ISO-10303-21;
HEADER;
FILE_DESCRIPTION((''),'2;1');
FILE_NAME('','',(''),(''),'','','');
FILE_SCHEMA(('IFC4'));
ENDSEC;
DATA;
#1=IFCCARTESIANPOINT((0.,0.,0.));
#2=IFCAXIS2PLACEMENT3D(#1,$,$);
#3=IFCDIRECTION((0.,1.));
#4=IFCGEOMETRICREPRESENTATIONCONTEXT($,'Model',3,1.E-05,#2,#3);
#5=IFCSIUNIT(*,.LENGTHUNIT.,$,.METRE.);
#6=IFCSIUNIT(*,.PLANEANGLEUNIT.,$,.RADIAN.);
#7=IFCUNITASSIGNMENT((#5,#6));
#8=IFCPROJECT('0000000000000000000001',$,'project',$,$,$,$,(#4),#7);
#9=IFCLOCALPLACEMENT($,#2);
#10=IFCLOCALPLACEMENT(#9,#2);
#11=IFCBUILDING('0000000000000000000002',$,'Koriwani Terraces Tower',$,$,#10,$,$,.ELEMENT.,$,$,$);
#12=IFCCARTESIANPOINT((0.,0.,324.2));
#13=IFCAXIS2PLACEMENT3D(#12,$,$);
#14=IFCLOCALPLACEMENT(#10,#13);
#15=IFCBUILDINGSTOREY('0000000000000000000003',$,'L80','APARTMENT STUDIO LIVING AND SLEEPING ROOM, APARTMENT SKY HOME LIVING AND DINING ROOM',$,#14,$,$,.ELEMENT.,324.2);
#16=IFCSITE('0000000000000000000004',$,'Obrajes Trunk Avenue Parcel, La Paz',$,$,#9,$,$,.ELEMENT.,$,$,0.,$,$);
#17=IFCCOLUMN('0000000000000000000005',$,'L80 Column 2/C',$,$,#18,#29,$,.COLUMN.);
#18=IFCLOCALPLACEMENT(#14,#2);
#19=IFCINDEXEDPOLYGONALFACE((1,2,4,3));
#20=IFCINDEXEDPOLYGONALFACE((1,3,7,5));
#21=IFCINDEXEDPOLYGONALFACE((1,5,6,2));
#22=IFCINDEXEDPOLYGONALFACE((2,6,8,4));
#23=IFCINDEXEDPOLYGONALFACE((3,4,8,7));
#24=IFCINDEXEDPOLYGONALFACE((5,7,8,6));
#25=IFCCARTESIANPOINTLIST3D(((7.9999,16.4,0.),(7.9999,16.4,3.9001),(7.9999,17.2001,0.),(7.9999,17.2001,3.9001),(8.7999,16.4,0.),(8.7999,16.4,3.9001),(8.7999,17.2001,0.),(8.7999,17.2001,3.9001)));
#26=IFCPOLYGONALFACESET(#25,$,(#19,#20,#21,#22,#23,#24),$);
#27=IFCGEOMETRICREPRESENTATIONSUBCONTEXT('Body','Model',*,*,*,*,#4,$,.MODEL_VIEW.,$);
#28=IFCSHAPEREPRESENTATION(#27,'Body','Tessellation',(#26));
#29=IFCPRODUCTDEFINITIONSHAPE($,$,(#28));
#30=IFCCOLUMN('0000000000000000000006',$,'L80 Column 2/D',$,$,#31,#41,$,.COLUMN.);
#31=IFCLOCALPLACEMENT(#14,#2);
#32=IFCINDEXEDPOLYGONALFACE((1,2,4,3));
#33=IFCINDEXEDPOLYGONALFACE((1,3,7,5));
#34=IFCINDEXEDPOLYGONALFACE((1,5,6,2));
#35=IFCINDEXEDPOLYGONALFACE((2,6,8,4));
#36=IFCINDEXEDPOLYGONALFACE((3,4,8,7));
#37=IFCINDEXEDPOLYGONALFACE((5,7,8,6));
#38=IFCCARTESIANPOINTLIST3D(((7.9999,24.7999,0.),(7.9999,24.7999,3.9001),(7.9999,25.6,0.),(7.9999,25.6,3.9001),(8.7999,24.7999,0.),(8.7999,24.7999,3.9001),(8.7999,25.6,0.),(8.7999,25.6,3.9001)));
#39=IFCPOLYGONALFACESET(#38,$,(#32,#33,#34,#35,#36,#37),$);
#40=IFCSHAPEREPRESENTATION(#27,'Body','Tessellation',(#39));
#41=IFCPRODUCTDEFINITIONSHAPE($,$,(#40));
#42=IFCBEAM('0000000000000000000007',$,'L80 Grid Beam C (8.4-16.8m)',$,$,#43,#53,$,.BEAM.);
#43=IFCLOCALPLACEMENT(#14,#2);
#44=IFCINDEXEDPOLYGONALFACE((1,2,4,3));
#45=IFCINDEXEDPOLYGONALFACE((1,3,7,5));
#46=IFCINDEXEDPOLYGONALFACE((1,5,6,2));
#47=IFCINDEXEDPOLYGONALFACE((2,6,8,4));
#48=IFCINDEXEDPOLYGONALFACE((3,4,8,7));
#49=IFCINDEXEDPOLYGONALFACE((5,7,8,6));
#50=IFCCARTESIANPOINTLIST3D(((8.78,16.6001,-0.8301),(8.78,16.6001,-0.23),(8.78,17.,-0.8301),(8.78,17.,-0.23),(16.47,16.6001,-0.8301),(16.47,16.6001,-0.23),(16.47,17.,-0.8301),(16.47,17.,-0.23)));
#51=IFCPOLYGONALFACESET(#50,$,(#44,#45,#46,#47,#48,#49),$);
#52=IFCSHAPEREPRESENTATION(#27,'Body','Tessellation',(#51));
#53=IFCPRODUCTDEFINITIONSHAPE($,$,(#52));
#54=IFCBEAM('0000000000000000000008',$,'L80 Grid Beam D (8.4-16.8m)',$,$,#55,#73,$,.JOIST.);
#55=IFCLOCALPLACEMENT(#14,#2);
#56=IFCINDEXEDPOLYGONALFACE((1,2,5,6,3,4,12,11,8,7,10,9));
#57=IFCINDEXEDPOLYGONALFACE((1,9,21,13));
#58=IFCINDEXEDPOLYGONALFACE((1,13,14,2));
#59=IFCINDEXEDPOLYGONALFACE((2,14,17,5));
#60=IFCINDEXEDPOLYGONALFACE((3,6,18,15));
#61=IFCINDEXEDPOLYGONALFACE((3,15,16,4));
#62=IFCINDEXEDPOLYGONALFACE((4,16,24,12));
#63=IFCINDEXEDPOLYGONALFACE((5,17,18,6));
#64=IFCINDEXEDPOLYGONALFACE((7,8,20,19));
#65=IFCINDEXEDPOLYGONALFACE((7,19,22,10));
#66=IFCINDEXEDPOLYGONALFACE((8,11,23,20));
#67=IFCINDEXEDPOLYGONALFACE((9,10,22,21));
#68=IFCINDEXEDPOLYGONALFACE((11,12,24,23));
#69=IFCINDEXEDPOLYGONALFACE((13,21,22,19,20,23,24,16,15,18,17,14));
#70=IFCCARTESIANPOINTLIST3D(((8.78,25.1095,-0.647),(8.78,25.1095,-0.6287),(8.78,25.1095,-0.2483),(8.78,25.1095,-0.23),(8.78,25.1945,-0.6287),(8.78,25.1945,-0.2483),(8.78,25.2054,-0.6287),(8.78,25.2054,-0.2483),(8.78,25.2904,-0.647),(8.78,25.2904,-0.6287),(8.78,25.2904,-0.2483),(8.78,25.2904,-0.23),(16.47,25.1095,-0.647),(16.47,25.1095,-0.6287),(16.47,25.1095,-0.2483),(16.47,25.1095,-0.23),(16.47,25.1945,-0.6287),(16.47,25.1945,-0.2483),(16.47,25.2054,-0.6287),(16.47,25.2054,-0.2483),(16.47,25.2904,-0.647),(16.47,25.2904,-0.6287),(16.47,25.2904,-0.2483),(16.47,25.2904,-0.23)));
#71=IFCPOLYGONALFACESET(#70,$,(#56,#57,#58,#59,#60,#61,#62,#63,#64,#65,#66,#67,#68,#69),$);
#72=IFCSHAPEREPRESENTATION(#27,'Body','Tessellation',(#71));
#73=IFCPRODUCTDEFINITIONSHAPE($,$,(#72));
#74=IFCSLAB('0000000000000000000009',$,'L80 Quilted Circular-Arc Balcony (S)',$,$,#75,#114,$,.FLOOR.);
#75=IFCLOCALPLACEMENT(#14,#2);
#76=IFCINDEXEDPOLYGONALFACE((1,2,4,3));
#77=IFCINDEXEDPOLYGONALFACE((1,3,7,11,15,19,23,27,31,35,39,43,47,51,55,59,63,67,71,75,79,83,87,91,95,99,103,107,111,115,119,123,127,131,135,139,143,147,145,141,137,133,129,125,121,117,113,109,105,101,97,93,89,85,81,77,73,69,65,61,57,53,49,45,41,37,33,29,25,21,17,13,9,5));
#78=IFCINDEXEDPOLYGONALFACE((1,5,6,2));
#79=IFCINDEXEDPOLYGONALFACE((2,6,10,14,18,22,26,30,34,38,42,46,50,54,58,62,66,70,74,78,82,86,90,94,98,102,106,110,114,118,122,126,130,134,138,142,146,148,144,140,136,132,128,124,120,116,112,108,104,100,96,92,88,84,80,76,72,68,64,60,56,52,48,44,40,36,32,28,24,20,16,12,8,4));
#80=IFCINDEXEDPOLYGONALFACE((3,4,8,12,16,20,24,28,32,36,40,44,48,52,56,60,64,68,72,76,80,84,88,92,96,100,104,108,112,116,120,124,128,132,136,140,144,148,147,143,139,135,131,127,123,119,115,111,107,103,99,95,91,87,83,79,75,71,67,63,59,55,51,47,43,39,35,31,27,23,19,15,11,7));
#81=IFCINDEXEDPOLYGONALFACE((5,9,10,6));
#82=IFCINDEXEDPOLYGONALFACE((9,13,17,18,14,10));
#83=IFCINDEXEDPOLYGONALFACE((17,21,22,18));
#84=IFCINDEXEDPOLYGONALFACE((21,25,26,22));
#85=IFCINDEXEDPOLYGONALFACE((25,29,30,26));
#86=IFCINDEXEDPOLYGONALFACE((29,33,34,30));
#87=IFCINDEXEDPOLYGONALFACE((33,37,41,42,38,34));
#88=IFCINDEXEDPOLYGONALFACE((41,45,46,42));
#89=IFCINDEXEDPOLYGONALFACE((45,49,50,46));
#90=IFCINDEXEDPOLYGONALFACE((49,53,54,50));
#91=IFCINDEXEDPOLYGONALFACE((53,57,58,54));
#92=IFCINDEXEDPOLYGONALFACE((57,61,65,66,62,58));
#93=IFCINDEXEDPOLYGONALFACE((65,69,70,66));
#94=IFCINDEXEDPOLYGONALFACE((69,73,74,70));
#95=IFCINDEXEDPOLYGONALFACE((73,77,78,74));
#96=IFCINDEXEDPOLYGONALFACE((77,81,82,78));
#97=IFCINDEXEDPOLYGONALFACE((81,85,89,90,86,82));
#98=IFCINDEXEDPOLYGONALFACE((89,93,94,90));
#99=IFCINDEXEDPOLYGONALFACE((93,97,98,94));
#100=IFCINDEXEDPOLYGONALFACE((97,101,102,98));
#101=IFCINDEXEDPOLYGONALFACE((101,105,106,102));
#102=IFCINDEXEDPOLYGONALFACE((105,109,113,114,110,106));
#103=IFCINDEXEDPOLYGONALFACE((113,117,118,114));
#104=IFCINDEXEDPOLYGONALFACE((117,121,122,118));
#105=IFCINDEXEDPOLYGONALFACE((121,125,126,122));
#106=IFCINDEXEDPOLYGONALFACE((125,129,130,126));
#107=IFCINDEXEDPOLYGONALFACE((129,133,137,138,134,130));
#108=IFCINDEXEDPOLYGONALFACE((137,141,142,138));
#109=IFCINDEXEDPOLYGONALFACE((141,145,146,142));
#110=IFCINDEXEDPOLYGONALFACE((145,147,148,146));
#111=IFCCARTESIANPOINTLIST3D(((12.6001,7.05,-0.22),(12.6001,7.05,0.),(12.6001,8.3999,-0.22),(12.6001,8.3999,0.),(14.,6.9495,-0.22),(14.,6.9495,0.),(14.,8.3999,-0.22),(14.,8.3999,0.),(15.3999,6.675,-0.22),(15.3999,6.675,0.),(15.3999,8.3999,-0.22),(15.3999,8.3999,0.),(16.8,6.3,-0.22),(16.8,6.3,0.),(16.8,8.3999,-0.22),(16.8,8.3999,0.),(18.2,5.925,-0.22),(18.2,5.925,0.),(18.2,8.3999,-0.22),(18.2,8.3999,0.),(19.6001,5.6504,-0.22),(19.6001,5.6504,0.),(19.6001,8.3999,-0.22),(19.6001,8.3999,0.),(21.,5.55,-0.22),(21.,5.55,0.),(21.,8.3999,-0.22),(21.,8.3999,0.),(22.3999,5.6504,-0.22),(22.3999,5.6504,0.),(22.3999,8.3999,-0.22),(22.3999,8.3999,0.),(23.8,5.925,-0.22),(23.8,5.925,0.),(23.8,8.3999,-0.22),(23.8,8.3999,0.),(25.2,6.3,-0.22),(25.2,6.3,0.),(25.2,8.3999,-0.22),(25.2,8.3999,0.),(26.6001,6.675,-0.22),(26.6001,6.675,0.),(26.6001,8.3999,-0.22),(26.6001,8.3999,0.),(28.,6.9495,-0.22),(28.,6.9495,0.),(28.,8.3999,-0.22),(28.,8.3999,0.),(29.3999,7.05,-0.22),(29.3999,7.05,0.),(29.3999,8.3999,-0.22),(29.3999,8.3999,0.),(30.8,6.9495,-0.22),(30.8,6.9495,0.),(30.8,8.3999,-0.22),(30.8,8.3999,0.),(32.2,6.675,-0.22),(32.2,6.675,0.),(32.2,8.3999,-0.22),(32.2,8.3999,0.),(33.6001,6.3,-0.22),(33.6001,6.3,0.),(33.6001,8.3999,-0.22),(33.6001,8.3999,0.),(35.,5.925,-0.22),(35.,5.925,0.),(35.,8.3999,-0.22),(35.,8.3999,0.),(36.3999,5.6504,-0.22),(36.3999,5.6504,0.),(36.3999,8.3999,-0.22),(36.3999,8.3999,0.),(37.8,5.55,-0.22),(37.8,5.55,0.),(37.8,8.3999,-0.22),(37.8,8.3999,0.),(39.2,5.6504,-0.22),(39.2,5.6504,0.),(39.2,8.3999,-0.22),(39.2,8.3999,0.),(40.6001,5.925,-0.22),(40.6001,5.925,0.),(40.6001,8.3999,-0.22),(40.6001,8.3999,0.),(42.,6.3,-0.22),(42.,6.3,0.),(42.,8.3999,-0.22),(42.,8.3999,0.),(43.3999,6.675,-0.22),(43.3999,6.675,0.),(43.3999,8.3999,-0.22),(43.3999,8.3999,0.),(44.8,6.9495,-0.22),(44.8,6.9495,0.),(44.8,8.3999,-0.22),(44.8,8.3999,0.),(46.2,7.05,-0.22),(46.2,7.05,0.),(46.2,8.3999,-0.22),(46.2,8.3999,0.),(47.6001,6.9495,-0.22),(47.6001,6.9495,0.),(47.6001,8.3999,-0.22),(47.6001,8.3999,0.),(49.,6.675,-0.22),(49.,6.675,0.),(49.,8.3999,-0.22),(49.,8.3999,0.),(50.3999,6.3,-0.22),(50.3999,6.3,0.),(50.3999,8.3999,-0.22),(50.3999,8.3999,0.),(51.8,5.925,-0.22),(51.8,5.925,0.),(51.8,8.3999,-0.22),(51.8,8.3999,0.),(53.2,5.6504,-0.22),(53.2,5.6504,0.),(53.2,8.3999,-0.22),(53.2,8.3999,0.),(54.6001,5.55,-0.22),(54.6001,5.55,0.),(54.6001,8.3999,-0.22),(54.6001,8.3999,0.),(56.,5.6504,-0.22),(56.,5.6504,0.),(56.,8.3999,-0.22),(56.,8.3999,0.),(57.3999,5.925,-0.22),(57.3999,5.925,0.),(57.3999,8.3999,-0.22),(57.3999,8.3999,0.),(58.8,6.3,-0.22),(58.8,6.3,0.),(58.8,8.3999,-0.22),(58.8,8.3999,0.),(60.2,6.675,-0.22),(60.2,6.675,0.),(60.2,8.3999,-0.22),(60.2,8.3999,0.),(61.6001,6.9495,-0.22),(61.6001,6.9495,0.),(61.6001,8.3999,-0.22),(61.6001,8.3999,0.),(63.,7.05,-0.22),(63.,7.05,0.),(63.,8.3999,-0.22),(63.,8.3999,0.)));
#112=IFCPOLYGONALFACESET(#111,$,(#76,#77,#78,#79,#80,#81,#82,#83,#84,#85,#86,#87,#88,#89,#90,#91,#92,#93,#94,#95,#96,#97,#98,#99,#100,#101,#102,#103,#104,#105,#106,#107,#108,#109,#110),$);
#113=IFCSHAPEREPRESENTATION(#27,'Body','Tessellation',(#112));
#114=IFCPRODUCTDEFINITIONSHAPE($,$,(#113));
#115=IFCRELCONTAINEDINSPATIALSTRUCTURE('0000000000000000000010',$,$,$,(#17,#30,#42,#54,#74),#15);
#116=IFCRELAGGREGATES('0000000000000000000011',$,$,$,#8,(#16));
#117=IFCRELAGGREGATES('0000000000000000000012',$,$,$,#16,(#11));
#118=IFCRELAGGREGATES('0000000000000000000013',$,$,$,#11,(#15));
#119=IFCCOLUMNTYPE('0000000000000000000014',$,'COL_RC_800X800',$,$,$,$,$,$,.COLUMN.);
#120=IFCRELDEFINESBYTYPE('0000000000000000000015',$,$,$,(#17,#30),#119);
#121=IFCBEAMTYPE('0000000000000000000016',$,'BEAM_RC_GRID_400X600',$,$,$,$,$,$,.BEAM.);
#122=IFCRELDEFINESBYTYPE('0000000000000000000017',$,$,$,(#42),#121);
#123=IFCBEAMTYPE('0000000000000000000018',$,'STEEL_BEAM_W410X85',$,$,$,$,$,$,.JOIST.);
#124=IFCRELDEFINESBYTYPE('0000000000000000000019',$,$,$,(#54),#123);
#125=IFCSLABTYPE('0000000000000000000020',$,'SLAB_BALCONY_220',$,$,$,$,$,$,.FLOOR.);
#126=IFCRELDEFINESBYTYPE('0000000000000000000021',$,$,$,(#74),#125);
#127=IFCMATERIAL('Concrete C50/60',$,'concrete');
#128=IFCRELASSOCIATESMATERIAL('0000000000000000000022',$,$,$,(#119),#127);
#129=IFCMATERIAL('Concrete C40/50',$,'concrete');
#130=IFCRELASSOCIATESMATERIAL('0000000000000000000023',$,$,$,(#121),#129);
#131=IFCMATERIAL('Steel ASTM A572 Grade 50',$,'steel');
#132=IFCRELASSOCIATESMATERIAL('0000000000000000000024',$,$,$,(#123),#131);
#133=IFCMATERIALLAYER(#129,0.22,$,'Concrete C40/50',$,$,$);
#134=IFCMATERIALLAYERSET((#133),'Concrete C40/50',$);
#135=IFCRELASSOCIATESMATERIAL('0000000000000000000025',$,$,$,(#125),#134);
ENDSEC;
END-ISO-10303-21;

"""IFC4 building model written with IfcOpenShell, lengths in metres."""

from ifc_helpers import new_model, si_unit, direction, frame, origin, origin_2d, place, context, subcontext, project, spatial, polyline, rectangle, i_section, outline, extrude, material, layer, layer_set, material_profile, profile_set, type_object, element, save


model = new_model("IFC4")

# Units and contexts
model_context = context("Model", 3, precision=1e-05, world=origin(), true_north=direction((0.0, 1.0)))
body_context = subcontext(model_context, "Body", "Model", "MODEL_VIEW")
ifc_project = project(units=[si_unit("LENGTHUNIT", "METRE"), si_unit("PLANEANGLEUNIT", "RADIAN")], contexts=[model_context])

# Site, building, storey
site_placement = place(None, origin())
site = spatial("IfcSite", under=ifc_project, at=site_placement, Name="Obrajes Trunk Avenue Parcel, La Paz", CompositionType="ELEMENT", RefElevation=0.0)
building_placement = place(site_placement, origin())
building = spatial("IfcBuilding", under=site, at=building_placement, Name="Koriwani Terraces Tower", CompositionType="ELEMENT")
storey_placement = place(building_placement, frame((0.0, 0.0, 324.2)))
storey = spatial("IfcBuildingStorey", under=building, at=storey_placement, Name="L80", Description="APARTMENT STUDIO LIVING AND SLEEPING ROOM, APARTMENT SKY HOME LIVING AND DINING ROOM", CompositionType="ELEMENT", Elevation=324.2)

# Columns
ifc_material_1 = material(Name="Concrete C50/60", Category="concrete")
ifc_material_profile_1 = material_profile(ifc_material_1, rectangle(XDim=0.8, YDim=0.8, at=origin_2d()), Name="Concrete C50/60", Category="LoadBearing")
ifc_profile_set_1 = profile_set([ifc_material_profile_1], Name="Concrete C50/60")
column_type = type_object("IfcColumnType", Name="COL_RC_800X800", PredefinedType="COLUMN", material=ifc_profile_set_1)
for number, where, z_axis, x_axis, name in (
    (1, (8.3999, 16.8, 0.0), (0.0, 0.0, 1.0), (1.0, 0.0, 0.0), "L80 Column 2/C"),
    (2, (8.3999, 25.2, 0.0), (0.0, 0.0, 1.0), (1.0, 0.0, 0.0), "L80 Column 2/D"),
):
    element("IfcColumn", number, at=place(storey_placement, frame(where, z_axis=z_axis, x_axis=x_axis)), inside=storey, type_object=column_type, Name=name, PredefinedType="COLUMN", context=body_context, shape_type="SweptSolid", body=[
        extrude(rectangle(XDim=0.8, YDim=0.8, at=origin_2d()), origin(), (0.0, 0.0, 1.0), 3.9001),
    ])

# Beams
ifc_material_2 = material(Name="Concrete C40/50", Category="concrete")
ifc_material_profile_2 = material_profile(ifc_material_2, rectangle(XDim=0.3999, YDim=0.6001, at=origin_2d()), Name="Concrete C40/50", Category="LoadBearing")
ifc_profile_set_2 = profile_set([ifc_material_profile_2], Name="Concrete C40/50")
beam_type_1 = type_object("IfcBeamType", Name="BEAM_RC_GRID_400X600", PredefinedType="BEAM", material=ifc_profile_set_2)
beam_1_placement = place(storey_placement, frame((8.78, 16.8, -0.53), z_axis=(1.0, 0.0, 0.0), x_axis=(0.0, 1.0, 0.0)))
element("IfcBeam", 3, at=beam_1_placement, inside=storey, type_object=beam_type_1, Name="L80 Grid Beam C (8.4-16.8m)", PredefinedType="BEAM", context=body_context, shape_type="SweptSolid", body=[
    extrude(rectangle(XDim=0.3999, YDim=0.6001, at=origin_2d()), origin(), (0.0, 0.0, 1.0), 7.6899),
])
ifc_material_3 = material(Name="Steel ASTM A572 Grade 50", Category="steel")
ifc_material_profile_3 = material_profile(ifc_material_3, i_section(OverallWidth=0.1809, OverallDepth=0.417, WebThickness=0.011, FlangeThickness=0.0183, at=origin_2d()), Name="Steel ASTM A572 Grade 50", Category="LoadBearing")
ifc_profile_set_3 = profile_set([ifc_material_profile_3], Name="Steel ASTM A572 Grade 50")
beam_type_2 = type_object("IfcBeamType", Name="STEEL_BEAM_W410X85", PredefinedType="JOIST", material=ifc_profile_set_3)
beam_2_placement = place(storey_placement, frame((8.78, 25.2, -0.4385), z_axis=(1.0, 0.0, 0.0), x_axis=(0.0, 1.0, 0.0)))
element("IfcBeam", 4, at=beam_2_placement, inside=storey, type_object=beam_type_2, Name="L80 Grid Beam D (8.4-16.8m)", PredefinedType="JOIST", context=body_context, shape_type="SweptSolid", body=[
    extrude(i_section(OverallWidth=0.1809, OverallDepth=0.417, WebThickness=0.011, FlangeThickness=0.0183, at=origin_2d()), origin(), (0.0, 0.0, 1.0), 7.6899),
])

# Slab
ifc_layer_1 = layer(ifc_material_2, 0.22, Name="Concrete C40/50")
ifc_layer_set_1 = layer_set([ifc_layer_1], Name="Concrete C40/50")
slab_type_1 = type_object("IfcSlabType", Name="SLAB_BALCONY_220", PredefinedType="FLOOR", material=ifc_layer_set_1)
slab_1_placement = place(storey_placement, frame((0.0, 0.0, -0.22)))
element("IfcSlab", 5, at=slab_1_placement, inside=storey, type_object=slab_type_1, Name="L80 Quilted Circular-Arc Balcony (S)", PredefinedType="FLOOR", context=body_context, shape_type="SweptSolid", body=[
    extrude(outline(polyline([(12.6001, 8.3999), (14.0, 8.3999), (15.3999, 8.3999), (16.8, 8.3999), (18.2, 8.3999), (19.6001, 8.3999), (21.0, 8.3999), (22.3999, 8.3999), (23.8, 8.3999), (25.2, 8.3999), (26.6001, 8.3999), (28.0, 8.3999), (29.3999, 8.3999), (30.8, 8.3999), (32.2, 8.3999), (33.6001, 8.3999), (35.0, 8.3999), (36.3999, 8.3999), (37.8, 8.3999), (39.2, 8.3999), (40.6001, 8.3999), (42.0, 8.3999), (43.3999, 8.3999), (44.8, 8.3999), (46.2, 8.3999), (47.6001, 8.3999), (49.0, 8.3999), (50.3999, 8.3999), (51.8, 8.3999), (53.2, 8.3999), (54.6001, 8.3999), (56.0, 8.3999), (57.3999, 8.3999), (58.8, 8.3999), (60.2, 8.3999), (61.6001, 8.3999), (63.0, 8.3999), (63.0, 7.05), (61.6001, 6.9495), (60.2, 6.675), (58.8, 6.3), (57.3999, 5.925), (56.0, 5.6504), (54.6001, 5.55), (53.2, 5.6504), (51.8, 5.925), (50.3999, 6.3), (49.0, 6.675), (47.6001, 6.9495), (46.2, 7.05), (44.8, 6.9495), (43.3999, 6.675), (42.0, 6.3), (40.6001, 5.925), (39.2, 5.6504), (37.8, 5.55), (36.3999, 5.6504), (35.0, 5.925), (33.6001, 6.3), (32.2, 6.675), (30.8, 6.9495), (29.3999, 7.05), (28.0, 6.9495), (26.6001, 6.675), (25.2, 6.3), (23.8, 5.925), (22.3999, 5.6504), (21.0, 5.55), (19.6001, 5.6504), (18.2, 5.925), (16.8, 6.3), (15.3999, 6.675), (14.0, 6.9495), (12.6001, 7.05), (12.6001, 8.3999)])), origin(), (0.0, 0.0, 1.0), 0.22),
])

save(model, "model.ifc")
